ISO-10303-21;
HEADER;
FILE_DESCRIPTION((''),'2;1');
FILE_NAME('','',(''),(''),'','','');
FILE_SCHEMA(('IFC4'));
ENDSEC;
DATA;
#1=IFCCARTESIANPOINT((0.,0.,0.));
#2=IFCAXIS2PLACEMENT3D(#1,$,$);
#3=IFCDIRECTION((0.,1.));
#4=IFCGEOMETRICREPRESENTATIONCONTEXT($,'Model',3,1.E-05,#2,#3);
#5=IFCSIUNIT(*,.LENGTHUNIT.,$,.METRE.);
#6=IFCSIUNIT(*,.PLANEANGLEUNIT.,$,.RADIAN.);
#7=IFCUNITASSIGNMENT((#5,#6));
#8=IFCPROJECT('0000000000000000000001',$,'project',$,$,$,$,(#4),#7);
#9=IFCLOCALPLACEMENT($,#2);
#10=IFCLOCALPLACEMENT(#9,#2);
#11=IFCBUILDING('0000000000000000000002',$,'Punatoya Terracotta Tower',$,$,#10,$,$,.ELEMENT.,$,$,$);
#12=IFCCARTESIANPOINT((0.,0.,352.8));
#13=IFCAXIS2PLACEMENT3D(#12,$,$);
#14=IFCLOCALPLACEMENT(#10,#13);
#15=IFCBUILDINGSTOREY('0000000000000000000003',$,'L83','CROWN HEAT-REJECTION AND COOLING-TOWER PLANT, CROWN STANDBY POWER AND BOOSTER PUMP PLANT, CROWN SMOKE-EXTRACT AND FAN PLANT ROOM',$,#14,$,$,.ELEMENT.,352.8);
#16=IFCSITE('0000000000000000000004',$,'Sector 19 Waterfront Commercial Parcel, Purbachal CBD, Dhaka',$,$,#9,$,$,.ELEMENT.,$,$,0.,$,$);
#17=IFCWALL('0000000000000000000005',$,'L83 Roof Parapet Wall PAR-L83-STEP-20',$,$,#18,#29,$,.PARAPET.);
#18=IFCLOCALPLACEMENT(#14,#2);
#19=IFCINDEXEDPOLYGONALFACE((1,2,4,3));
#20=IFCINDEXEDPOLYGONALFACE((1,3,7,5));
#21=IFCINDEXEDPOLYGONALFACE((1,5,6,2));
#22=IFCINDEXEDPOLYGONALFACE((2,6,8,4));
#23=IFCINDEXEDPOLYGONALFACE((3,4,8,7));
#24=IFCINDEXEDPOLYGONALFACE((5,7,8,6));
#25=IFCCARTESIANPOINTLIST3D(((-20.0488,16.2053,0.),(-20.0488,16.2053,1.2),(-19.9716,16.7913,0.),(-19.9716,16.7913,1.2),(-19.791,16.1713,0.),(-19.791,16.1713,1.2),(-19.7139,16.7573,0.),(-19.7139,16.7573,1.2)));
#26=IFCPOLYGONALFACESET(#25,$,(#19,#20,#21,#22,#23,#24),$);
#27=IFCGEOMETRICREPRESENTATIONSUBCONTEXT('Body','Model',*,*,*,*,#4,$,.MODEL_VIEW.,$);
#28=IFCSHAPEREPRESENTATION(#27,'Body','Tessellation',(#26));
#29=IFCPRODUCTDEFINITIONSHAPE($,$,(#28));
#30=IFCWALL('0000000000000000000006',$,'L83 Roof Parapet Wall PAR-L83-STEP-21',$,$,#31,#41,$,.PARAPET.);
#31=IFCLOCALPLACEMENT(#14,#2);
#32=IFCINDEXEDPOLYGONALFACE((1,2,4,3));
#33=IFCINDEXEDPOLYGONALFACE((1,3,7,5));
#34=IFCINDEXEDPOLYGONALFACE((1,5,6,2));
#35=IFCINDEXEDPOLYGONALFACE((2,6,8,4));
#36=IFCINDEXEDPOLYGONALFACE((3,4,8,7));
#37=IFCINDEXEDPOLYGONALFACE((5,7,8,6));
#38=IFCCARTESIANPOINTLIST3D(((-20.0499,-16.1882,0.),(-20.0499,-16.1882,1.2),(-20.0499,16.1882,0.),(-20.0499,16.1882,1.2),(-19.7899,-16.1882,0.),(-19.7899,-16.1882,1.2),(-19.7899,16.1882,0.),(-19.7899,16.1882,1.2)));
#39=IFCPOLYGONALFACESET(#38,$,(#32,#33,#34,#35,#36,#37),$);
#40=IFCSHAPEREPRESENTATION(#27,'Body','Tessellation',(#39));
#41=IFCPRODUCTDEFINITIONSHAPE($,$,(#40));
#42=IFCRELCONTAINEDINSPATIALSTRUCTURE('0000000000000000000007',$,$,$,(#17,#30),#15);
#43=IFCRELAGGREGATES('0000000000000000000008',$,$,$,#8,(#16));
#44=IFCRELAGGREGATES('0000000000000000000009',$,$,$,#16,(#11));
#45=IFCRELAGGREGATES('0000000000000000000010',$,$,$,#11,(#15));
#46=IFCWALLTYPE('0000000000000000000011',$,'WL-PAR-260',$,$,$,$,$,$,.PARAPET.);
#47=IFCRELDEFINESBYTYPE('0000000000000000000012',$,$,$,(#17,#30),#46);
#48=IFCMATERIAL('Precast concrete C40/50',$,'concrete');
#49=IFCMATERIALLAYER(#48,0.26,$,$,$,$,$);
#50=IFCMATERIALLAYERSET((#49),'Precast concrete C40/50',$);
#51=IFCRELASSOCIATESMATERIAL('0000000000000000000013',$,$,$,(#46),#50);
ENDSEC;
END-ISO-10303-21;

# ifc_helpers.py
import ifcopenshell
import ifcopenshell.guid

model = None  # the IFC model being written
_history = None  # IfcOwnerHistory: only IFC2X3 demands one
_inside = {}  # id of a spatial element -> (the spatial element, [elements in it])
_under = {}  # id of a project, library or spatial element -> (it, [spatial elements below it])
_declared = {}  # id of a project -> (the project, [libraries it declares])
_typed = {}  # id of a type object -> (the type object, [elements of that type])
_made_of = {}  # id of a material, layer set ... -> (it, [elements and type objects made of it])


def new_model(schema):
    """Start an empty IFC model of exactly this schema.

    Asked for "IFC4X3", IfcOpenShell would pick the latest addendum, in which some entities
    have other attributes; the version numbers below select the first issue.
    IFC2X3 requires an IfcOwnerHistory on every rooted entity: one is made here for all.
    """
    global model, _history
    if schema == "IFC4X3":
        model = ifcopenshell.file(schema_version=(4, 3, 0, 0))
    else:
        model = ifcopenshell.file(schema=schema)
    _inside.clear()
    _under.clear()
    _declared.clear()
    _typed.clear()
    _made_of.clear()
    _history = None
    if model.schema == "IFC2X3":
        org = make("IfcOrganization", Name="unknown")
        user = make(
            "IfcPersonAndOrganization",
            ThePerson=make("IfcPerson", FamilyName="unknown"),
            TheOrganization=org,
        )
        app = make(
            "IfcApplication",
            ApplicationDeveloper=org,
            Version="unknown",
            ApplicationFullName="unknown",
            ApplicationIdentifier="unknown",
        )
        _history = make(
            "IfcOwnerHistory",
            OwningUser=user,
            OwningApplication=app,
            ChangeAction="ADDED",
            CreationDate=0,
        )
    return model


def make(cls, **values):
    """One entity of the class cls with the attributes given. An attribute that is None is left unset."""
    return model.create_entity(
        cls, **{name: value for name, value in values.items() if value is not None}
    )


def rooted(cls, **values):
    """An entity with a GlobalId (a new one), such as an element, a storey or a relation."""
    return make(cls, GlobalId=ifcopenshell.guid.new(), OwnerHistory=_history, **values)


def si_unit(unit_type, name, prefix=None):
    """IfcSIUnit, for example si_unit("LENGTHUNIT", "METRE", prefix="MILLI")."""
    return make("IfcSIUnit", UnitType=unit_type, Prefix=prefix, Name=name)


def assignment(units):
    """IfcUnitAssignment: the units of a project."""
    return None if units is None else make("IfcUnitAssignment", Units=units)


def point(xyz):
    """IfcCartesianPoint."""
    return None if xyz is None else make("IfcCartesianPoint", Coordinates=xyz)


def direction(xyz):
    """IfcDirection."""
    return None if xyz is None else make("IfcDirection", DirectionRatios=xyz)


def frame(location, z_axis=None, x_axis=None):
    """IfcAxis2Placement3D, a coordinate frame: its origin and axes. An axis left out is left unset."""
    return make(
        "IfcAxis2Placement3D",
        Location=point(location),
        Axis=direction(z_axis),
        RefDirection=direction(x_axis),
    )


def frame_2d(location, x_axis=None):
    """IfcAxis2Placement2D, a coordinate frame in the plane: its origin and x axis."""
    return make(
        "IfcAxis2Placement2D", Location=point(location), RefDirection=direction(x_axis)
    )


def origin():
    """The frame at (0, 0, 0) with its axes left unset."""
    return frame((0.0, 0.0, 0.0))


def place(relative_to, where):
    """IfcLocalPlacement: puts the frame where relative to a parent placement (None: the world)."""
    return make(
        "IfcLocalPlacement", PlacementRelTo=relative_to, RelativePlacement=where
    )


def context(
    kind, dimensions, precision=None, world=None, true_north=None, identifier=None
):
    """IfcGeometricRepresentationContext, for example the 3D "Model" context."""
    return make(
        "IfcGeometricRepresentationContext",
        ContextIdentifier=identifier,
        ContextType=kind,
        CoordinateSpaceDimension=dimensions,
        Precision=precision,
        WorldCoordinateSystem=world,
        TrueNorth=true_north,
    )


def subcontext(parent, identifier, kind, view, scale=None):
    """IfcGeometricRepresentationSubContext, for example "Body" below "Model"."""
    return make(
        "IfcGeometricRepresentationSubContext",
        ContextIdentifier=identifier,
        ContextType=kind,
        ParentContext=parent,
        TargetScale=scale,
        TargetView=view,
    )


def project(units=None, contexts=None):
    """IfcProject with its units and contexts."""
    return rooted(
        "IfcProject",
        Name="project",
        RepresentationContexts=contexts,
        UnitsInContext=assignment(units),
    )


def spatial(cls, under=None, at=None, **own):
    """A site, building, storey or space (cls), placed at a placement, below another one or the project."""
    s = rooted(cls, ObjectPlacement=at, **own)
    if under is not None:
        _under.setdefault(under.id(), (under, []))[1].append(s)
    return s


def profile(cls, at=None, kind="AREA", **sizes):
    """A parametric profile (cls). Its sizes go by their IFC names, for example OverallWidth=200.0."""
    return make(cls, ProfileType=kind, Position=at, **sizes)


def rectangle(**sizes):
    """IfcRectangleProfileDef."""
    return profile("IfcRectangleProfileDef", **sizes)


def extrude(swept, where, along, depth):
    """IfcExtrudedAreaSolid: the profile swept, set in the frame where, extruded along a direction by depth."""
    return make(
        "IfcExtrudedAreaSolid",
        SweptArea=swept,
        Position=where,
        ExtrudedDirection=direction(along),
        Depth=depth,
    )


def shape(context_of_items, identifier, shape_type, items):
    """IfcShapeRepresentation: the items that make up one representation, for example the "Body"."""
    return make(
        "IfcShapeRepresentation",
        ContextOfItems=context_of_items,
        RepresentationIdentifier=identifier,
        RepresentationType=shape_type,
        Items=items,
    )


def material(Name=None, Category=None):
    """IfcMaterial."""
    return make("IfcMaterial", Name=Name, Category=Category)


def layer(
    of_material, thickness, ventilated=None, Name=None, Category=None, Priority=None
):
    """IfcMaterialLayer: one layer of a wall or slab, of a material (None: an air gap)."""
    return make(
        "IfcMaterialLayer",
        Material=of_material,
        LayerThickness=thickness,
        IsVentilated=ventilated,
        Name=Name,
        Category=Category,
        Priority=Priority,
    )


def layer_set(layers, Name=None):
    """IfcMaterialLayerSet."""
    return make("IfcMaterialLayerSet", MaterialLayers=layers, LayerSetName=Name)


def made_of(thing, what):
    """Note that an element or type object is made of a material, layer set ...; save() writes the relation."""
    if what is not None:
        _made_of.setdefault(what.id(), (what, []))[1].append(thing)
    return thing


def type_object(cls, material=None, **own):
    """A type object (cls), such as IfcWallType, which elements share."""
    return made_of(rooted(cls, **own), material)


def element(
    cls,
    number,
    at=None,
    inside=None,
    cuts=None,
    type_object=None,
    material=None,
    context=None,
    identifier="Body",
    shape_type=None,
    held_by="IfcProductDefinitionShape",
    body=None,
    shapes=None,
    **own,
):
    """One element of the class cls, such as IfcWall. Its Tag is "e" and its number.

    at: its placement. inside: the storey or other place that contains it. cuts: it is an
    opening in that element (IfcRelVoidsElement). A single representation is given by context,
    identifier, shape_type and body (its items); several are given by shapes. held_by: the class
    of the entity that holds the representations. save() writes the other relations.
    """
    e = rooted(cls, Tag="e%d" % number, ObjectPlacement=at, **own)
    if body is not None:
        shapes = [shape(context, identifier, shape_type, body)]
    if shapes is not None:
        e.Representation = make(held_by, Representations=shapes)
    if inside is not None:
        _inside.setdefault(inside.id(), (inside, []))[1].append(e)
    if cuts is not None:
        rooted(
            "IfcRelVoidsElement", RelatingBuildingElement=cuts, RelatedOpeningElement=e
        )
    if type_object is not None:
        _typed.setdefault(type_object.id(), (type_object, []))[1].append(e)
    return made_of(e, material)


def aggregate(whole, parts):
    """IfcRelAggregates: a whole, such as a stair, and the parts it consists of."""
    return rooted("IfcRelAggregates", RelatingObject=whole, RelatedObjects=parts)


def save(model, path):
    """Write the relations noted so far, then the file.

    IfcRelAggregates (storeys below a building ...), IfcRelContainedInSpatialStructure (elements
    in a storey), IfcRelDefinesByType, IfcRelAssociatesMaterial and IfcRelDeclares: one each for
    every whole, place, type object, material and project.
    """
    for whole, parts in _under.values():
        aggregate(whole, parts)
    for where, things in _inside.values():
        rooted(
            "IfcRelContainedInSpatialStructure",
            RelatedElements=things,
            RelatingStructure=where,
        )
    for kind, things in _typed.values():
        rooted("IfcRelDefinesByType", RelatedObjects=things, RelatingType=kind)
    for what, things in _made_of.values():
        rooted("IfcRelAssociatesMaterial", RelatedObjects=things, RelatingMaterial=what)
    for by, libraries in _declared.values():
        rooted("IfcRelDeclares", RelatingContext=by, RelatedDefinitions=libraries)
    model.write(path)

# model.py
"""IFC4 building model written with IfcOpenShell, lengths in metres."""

from ifc_helpers import new_model, si_unit, direction, frame, frame_2d, origin, place, context, subcontext, project, spatial, rectangle, extrude, material, layer, layer_set, type_object, element, save


model = new_model("IFC4")

# Units and contexts
model_context = context("Model", 3, precision=1e-05, world=origin(), true_north=direction((0.0, 1.0)))
body_context = subcontext(model_context, "Body", "Model", "MODEL_VIEW")
ifc_project = project(units=[si_unit("LENGTHUNIT", "METRE"), si_unit("PLANEANGLEUNIT", "RADIAN")], contexts=[model_context])

# Site, building, storey
site_placement = place(None, origin())
site = spatial("IfcSite", under=ifc_project, at=site_placement, Name="Sector 19 Waterfront Commercial Parcel, Purbachal CBD, Dhaka", CompositionType="ELEMENT", RefElevation=0.0)
building_placement = place(site_placement, origin())
building = spatial("IfcBuilding", under=site, at=building_placement, Name="Punatoya Terracotta Tower", CompositionType="ELEMENT")
storey_placement = place(building_placement, frame((0.0, 0.0, 352.8)))
storey = spatial("IfcBuildingStorey", under=building, at=storey_placement, Name="L83", Description="CROWN HEAT-REJECTION AND COOLING-TOWER PLANT, CROWN STANDBY POWER AND BOOSTER PUMP PLANT, CROWN SMOKE-EXTRACT AND FAN PLANT ROOM", CompositionType="ELEMENT", Elevation=352.8)

# Walls
ifc_material_1 = material(Name="Precast concrete C40/50", Category="concrete")
ifc_layer_1 = layer(ifc_material_1, 0.26)
ifc_layer_set_1 = layer_set([ifc_layer_1], Name="Precast concrete C40/50")
wall_type_1 = type_object("IfcWallType", Name="WL-PAR-260", PredefinedType="PARAPET", material=ifc_layer_set_1)
wall_1_placement = place(storey_placement, frame((-19.8428, 16.7742, 0.0), z_axis=(0.0, 0.0, 1.0), x_axis=(-0.13054, -0.991443, 0.0)))
element("IfcWall", 1, at=wall_1_placement, inside=storey, type_object=wall_type_1, Name="L83 Roof Parapet Wall PAR-L83-STEP-20", PredefinedType="PARAPET", context=body_context, shape_type="SweptSolid", body=[
    extrude(rectangle(XDim=0.5911, YDim=0.26, at=frame_2d((0.2954, 0.0))), origin(), (0.0, 0.0, 1.0), 1.2),
])
wall_2_placement = place(storey_placement, frame((-19.9199, 16.1882, 0.0), z_axis=(0.0, 0.0, 1.0), x_axis=(0.0, -1.0, 0.0)))
element("IfcWall", 2, at=wall_2_placement, inside=storey, type_object=wall_type_1, Name="L83 Roof Parapet Wall PAR-L83-STEP-21", PredefinedType="PARAPET", context=body_context, shape_type="SweptSolid", body=[
    extrude(rectangle(XDim=32.3765, YDim=0.26, at=frame_2d((16.1882, 0.0))), origin(), (0.0, 0.0, 1.0), 1.2),
])

save(model, "model.ifc")
